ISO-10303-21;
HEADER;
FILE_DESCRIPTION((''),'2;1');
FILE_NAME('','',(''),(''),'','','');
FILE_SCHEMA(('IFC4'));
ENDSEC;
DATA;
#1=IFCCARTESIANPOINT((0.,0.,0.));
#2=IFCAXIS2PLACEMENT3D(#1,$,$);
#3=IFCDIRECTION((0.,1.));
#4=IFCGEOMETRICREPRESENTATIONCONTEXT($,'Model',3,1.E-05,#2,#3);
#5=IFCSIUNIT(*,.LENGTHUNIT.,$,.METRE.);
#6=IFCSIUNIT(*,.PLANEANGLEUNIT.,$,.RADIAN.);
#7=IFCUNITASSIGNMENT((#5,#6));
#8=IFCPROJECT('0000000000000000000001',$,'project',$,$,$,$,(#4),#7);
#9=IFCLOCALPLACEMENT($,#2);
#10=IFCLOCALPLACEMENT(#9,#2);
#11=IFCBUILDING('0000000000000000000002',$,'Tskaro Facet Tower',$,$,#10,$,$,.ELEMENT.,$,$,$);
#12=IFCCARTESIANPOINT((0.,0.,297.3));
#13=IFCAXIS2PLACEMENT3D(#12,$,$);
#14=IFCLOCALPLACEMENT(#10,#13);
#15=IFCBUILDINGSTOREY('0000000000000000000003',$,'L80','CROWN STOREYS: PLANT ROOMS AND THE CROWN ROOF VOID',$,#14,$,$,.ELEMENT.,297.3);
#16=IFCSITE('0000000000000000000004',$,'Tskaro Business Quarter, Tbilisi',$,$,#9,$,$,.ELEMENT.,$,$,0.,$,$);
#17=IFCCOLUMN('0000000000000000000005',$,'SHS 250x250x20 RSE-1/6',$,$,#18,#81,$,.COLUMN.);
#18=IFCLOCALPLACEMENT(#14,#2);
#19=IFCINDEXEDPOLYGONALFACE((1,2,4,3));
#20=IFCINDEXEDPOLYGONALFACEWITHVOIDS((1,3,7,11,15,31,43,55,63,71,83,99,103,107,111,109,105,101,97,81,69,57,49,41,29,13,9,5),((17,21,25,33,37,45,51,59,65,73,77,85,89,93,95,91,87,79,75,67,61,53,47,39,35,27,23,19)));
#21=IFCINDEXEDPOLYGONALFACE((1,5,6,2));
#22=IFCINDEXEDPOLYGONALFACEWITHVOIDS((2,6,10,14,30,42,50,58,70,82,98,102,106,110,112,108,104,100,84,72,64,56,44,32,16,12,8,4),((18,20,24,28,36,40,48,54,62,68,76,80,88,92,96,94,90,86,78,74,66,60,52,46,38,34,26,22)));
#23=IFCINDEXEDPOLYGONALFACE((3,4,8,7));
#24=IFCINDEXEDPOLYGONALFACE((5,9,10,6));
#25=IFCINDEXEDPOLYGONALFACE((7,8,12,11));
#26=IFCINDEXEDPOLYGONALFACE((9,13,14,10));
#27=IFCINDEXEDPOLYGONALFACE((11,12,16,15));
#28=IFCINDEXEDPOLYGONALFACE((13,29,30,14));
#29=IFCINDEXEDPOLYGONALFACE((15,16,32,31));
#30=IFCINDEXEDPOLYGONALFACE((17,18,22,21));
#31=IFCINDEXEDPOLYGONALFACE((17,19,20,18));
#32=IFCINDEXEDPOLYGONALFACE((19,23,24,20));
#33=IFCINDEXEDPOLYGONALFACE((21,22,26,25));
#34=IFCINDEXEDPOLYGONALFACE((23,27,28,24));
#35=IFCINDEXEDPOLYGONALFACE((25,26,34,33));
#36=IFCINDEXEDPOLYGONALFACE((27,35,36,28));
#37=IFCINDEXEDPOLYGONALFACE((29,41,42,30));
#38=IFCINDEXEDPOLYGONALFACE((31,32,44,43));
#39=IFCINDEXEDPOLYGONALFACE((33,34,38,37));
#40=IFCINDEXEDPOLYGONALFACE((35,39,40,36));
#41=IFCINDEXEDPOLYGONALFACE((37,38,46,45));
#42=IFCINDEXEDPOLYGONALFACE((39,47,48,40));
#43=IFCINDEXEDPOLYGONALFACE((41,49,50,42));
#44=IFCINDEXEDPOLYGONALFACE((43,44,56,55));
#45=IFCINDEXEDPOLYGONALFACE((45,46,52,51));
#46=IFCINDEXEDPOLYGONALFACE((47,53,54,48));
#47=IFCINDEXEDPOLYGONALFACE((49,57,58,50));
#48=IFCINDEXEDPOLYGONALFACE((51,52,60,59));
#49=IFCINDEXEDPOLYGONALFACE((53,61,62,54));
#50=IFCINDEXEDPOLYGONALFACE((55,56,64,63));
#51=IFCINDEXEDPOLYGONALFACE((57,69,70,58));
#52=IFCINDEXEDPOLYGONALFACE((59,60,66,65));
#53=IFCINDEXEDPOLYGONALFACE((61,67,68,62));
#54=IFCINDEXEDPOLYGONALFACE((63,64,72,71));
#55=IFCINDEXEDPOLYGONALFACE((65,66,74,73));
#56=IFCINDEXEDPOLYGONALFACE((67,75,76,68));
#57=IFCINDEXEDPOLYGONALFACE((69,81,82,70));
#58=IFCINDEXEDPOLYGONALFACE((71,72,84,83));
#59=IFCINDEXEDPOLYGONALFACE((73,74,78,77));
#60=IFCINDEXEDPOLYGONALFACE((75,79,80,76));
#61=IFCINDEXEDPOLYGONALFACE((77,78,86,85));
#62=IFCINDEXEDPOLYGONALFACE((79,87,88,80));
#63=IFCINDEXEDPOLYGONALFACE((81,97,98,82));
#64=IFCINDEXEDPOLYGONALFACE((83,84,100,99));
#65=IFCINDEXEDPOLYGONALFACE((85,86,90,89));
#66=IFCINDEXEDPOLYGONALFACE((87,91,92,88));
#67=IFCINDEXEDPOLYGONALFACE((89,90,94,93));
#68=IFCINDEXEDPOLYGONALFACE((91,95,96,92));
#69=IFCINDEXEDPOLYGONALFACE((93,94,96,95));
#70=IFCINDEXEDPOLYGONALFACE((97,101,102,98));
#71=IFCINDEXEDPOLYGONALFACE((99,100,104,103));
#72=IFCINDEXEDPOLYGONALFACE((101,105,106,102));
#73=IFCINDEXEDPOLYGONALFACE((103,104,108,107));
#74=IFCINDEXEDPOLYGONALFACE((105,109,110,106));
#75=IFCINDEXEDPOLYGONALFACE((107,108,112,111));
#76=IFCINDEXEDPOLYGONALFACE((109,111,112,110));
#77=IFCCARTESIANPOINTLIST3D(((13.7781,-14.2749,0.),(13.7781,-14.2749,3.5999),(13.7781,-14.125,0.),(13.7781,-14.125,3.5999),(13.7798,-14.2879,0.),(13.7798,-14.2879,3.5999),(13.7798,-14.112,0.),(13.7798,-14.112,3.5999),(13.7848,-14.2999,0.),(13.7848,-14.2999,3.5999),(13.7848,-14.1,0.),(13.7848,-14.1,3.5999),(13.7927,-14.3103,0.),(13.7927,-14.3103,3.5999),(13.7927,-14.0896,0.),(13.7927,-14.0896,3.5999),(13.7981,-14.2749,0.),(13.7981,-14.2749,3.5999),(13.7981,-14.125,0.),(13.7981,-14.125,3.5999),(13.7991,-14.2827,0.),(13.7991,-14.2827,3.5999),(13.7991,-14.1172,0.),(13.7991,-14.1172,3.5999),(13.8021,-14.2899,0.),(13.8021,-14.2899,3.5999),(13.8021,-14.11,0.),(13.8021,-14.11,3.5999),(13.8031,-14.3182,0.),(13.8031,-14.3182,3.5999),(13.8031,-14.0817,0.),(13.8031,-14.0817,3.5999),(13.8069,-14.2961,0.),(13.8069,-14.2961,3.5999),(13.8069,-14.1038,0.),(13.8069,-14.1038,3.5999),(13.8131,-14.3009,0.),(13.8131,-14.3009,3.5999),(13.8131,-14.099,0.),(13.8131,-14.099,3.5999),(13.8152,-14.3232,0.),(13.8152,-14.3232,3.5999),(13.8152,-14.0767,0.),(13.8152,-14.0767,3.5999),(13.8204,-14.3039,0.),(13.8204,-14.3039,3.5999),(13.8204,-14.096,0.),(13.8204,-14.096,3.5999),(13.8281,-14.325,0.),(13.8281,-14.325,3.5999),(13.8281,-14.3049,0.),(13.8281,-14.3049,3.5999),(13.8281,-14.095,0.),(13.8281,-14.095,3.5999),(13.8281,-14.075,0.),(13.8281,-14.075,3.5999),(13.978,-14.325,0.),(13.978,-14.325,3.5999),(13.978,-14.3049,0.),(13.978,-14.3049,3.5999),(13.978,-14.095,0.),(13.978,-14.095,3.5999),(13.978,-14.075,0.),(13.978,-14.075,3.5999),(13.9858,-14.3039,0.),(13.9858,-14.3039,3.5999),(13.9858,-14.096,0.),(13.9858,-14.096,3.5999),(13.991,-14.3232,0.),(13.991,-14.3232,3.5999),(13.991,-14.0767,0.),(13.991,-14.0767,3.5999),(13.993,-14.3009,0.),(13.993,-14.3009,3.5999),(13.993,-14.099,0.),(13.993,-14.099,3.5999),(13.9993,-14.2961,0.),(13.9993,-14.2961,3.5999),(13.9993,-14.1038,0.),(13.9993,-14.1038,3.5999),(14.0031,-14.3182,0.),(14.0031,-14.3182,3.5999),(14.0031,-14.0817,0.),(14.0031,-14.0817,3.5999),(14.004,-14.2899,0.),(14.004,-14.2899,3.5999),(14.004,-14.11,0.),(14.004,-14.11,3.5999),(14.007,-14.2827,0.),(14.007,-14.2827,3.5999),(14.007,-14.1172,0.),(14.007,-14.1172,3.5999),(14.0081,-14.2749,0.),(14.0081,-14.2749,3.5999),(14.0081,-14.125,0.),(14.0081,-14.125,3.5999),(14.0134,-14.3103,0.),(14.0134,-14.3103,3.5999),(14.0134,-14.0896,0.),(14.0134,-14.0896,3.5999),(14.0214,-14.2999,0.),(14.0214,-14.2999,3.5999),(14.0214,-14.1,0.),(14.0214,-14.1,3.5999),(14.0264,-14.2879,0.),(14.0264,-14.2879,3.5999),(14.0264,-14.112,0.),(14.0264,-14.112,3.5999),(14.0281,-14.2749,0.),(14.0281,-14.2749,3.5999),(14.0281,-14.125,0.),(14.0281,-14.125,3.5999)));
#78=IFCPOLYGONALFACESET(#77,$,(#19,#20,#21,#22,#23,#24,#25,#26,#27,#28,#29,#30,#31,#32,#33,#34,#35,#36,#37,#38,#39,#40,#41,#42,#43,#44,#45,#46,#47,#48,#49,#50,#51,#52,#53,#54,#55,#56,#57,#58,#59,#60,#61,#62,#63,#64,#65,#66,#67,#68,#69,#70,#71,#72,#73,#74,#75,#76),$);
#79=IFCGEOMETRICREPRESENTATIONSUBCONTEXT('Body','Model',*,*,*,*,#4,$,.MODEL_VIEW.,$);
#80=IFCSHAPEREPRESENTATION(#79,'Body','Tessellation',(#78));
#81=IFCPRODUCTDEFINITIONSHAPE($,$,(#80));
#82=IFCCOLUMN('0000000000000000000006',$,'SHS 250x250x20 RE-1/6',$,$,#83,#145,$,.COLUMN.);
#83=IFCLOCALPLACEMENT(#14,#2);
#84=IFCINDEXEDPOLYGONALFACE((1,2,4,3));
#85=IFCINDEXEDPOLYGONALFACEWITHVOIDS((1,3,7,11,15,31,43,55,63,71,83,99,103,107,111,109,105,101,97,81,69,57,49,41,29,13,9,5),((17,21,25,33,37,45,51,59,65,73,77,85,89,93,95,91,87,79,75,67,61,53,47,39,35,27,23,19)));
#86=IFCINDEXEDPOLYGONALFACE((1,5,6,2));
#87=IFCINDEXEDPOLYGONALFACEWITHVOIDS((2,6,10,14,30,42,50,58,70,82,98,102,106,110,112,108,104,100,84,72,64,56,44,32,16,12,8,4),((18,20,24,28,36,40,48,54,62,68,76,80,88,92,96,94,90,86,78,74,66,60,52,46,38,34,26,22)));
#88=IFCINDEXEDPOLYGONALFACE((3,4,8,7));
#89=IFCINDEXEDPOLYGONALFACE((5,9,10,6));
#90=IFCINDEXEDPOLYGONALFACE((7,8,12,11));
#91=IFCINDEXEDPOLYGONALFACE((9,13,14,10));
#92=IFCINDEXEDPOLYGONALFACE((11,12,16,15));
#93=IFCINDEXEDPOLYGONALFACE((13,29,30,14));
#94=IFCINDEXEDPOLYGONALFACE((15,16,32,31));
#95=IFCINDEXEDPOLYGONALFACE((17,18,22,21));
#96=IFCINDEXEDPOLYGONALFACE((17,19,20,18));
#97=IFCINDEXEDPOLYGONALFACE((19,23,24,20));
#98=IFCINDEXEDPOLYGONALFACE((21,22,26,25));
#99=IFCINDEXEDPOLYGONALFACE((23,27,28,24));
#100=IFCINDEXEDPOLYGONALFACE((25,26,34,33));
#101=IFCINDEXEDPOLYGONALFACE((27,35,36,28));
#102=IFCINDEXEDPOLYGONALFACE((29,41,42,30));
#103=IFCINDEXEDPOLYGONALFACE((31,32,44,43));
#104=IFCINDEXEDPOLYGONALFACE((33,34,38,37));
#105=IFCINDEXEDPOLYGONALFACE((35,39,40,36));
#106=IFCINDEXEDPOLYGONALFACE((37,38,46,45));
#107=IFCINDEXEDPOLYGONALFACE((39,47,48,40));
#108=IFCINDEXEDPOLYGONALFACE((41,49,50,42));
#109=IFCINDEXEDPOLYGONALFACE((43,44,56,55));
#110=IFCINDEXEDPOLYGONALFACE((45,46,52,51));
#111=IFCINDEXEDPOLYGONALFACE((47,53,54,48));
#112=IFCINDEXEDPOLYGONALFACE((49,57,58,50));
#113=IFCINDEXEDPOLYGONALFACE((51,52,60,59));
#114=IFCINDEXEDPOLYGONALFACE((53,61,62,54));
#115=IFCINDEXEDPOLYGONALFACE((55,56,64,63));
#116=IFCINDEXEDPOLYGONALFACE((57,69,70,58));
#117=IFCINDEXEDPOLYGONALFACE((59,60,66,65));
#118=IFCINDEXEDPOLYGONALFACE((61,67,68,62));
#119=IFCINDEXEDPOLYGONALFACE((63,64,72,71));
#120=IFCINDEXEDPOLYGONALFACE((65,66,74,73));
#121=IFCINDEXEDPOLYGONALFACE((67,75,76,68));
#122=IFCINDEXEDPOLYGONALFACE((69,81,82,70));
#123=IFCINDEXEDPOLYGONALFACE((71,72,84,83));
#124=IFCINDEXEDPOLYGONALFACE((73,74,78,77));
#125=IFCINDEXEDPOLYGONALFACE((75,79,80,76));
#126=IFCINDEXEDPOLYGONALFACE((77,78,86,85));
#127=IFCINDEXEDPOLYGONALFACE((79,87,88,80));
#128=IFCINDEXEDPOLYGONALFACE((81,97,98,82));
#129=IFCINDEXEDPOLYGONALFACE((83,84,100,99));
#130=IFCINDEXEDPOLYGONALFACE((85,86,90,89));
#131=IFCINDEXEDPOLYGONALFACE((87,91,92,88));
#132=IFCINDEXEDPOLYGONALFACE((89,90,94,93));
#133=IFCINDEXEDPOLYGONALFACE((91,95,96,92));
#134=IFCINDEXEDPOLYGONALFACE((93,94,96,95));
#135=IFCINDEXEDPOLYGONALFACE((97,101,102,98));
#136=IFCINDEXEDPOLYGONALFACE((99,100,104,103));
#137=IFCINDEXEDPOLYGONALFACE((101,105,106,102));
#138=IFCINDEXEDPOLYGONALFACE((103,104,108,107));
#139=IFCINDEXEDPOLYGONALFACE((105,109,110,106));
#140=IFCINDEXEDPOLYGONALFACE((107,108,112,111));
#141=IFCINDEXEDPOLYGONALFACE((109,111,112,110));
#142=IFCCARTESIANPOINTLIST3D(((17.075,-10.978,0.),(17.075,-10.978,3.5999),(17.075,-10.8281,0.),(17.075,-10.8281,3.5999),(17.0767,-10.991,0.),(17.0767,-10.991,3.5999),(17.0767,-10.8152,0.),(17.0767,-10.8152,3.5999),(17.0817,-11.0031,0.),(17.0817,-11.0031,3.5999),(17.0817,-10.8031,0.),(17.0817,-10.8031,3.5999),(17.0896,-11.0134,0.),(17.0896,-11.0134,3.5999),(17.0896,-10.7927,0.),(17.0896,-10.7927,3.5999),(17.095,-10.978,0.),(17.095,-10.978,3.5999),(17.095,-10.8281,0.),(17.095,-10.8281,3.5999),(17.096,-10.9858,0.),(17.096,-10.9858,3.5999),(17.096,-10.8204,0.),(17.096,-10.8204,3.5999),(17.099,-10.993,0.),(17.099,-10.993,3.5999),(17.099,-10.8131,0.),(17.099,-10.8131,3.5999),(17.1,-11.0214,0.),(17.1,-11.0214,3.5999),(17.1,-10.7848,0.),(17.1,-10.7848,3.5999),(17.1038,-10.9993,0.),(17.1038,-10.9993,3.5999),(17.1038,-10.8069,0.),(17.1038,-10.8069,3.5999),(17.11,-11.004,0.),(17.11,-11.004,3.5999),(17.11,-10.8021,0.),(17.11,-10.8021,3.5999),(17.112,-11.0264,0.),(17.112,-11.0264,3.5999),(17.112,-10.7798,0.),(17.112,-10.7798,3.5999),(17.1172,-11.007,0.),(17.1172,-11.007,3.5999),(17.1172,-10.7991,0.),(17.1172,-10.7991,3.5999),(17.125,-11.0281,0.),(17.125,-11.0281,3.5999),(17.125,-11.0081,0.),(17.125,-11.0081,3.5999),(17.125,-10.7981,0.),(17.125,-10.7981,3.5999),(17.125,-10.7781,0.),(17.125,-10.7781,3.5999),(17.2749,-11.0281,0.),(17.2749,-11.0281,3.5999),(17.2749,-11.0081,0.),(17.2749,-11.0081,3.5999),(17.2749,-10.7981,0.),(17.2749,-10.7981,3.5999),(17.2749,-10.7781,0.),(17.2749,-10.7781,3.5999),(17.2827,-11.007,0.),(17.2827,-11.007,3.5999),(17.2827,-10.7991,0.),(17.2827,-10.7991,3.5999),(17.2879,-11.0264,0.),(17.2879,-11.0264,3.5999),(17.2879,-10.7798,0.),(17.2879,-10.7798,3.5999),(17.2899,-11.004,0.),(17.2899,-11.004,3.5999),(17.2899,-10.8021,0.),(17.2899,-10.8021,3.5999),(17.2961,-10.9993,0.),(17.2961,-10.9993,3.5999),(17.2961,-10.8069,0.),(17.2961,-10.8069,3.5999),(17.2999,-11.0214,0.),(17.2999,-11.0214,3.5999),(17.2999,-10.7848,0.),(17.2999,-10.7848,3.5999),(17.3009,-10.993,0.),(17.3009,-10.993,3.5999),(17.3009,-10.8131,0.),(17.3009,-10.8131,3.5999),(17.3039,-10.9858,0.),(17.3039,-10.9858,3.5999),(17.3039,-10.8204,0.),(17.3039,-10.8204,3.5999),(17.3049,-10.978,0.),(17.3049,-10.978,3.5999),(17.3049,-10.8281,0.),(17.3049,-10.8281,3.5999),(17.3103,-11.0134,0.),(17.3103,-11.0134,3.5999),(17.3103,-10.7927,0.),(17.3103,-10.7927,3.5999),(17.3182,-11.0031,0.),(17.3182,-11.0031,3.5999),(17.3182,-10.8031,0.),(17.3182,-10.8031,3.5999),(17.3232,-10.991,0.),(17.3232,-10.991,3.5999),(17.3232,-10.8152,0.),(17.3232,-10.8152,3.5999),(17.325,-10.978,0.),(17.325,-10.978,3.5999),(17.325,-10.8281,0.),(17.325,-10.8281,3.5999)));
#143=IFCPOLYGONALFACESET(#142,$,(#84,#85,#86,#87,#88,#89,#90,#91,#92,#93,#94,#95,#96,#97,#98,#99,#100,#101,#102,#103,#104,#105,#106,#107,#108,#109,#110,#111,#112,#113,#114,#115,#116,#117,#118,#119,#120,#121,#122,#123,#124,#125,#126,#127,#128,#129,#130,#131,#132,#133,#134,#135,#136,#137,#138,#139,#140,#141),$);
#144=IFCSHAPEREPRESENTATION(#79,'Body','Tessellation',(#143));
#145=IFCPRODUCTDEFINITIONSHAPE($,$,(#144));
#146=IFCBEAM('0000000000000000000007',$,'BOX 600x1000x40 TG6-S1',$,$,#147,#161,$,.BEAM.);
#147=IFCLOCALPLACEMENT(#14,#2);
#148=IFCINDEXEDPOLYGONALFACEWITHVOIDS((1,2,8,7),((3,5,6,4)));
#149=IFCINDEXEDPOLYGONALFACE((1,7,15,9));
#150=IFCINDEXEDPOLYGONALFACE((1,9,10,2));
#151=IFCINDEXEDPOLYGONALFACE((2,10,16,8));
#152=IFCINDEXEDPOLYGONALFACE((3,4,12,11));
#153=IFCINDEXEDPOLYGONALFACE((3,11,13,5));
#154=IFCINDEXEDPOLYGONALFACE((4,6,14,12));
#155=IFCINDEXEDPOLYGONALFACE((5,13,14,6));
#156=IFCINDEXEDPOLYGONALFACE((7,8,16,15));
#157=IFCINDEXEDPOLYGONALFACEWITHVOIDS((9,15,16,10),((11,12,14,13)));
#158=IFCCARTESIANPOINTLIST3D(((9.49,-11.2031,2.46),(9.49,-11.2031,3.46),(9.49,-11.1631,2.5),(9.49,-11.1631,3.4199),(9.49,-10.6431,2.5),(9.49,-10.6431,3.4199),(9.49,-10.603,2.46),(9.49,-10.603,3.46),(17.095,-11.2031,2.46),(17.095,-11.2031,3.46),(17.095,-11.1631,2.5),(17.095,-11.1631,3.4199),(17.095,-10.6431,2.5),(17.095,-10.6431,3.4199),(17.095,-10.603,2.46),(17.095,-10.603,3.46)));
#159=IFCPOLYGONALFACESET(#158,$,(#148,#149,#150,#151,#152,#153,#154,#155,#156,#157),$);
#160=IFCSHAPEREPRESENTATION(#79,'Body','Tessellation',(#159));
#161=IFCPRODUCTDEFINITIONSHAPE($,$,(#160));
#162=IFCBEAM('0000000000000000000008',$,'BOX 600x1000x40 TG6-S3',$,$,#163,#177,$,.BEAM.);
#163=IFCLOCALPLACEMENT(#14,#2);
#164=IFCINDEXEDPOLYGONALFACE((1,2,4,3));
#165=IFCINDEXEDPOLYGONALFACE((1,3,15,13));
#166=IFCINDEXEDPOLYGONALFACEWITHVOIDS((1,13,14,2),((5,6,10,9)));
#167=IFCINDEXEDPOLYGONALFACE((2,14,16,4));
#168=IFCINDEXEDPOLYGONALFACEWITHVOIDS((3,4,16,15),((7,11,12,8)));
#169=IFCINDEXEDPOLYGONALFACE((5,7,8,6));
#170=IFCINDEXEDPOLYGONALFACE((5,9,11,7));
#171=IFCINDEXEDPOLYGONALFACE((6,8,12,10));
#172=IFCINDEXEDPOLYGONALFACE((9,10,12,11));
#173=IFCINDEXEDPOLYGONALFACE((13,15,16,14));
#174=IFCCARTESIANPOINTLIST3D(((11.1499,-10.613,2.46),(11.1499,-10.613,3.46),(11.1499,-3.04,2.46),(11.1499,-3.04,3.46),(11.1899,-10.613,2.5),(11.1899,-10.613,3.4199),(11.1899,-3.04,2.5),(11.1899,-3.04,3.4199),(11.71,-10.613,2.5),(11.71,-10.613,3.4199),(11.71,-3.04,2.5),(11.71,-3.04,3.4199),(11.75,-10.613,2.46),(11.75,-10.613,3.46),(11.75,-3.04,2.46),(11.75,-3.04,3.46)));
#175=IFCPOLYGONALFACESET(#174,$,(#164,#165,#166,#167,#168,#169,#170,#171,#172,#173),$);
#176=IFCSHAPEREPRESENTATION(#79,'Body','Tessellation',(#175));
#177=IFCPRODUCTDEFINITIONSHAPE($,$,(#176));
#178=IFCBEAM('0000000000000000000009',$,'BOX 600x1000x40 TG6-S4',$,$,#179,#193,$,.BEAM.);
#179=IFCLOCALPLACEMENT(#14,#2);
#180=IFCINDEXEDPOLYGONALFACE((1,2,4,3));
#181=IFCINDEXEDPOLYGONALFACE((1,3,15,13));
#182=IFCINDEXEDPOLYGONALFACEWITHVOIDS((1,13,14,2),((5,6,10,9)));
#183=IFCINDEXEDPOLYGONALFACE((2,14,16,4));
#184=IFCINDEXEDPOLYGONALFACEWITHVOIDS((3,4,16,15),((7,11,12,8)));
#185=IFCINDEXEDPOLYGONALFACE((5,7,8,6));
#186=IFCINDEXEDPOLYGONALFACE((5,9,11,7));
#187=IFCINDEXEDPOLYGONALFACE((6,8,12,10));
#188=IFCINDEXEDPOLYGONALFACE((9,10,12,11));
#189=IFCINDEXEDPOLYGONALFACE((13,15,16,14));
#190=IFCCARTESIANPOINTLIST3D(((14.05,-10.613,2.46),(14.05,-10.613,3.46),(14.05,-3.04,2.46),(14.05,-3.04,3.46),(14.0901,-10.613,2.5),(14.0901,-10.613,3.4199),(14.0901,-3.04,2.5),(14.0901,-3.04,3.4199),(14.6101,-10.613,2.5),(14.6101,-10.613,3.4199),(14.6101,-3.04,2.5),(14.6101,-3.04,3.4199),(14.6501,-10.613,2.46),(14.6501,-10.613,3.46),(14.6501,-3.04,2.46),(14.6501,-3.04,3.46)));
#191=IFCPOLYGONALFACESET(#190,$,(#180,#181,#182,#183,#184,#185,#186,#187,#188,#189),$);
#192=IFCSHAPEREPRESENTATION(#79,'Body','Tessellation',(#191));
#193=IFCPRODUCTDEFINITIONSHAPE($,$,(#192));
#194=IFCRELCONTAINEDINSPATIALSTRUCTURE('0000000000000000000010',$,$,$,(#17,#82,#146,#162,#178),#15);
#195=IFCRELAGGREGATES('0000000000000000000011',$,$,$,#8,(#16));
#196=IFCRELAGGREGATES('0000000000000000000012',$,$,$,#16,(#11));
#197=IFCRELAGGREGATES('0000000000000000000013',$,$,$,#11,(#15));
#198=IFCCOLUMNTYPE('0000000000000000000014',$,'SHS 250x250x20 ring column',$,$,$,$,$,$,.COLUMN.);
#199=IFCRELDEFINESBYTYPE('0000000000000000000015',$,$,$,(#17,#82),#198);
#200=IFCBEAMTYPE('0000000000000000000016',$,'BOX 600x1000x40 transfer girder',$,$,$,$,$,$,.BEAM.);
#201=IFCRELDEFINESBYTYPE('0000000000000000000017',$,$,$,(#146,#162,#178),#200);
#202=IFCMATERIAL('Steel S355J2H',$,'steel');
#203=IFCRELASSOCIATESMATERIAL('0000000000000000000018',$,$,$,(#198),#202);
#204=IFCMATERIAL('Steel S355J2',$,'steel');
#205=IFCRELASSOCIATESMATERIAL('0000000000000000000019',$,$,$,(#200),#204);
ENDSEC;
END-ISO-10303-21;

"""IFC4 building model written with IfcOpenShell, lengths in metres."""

from ifc_helpers import new_model, si_unit, direction, frame, origin, origin_2d, place, context, subcontext, project, spatial, hollow_rectangle, extrude, material, material_profile, profile_set, type_object, element, save


model = new_model("IFC4")

# Units and contexts
model_context = context("Model", 3, precision=1e-05, world=origin(), true_north=direction((0.0, 1.0)))
body_context = subcontext(model_context, "Body", "Model", "MODEL_VIEW")
ifc_project = project(units=[si_unit("LENGTHUNIT", "METRE"), si_unit("PLANEANGLEUNIT", "RADIAN")], contexts=[model_context])

# Site, building, storey
site_placement = place(None, origin())
site = spatial("IfcSite", under=ifc_project, at=site_placement, Name="Tskaro Business Quarter, Tbilisi", CompositionType="ELEMENT", RefElevation=0.0)
building_placement = place(site_placement, origin())
building = spatial("IfcBuilding", under=site, at=building_placement, Name="Tskaro Facet Tower", CompositionType="ELEMENT")
storey_placement = place(building_placement, frame((0.0, 0.0, 297.3)))
storey = spatial("IfcBuildingStorey", under=building, at=storey_placement, Name="L80", Description="CROWN STOREYS: PLANT ROOMS AND THE CROWN ROOF VOID", CompositionType="ELEMENT", Elevation=297.3)

# Columns
ifc_material_1 = material(Name="Steel S355J2H", Category="steel")
ifc_material_profile_1 = material_profile(ifc_material_1, hollow_rectangle(XDim=0.25, YDim=0.25, WallThickness=0.02, InnerFilletRadius=0.03, OuterFilletRadius=0.05, at=origin_2d()), Name="SHS 250x250x20")
ifc_profile_set_1 = profile_set([ifc_material_profile_1], Name="Steel S355J2H")
column_type = type_object("IfcColumnType", Name="SHS 250x250x20 ring column", PredefinedType="COLUMN", material=ifc_profile_set_1)
for number, where, z_axis, x_axis, name in (
    (1, (13.9031, -14.2, 0.0), (0.0, 0.0, 1.0), (1.0, 0.0, 0.0), "SHS 250x250x20 RSE-1/6"),
    (2, (17.2, -10.9031, 0.0), (0.0, 0.0, 1.0), (1.0, 0.0, 0.0), "SHS 250x250x20 RE-1/6"),
):
    element("IfcColumn", number, at=place(storey_placement, frame(where, z_axis=z_axis, x_axis=x_axis)), inside=storey, type_object=column_type, Name=name, PredefinedType="COLUMN", context=body_context, shape_type="SweptSolid", body=[
        extrude(hollow_rectangle(XDim=0.25, YDim=0.25, WallThickness=0.02, InnerFilletRadius=0.03, OuterFilletRadius=0.05, at=origin_2d()), origin(), (0.0, 0.0, 1.0), 3.5999),
    ])

# Beams
ifc_material_2 = material(Name="Steel S355J2", Category="steel")
ifc_material_profile_2 = material_profile(ifc_material_2, hollow_rectangle(XDim=0.6001, YDim=1.0, WallThickness=0.04, at=origin_2d()), Name="BOX 600x1000x40")
ifc_profile_set_2 = profile_set([ifc_material_profile_2], Name="Steel S355J2")
beam_type_1 = type_object("IfcBeamType", Name="BOX 600x1000x40 transfer girder", PredefinedType="BEAM", material=ifc_profile_set_2)
beam_1_placement = place(storey_placement, frame((9.49, -10.9031, 2.96), z_axis=(1.0, 0.0, 0.0), x_axis=(0.0, 1.0, 0.0)))
element("IfcBeam", 3, at=beam_1_placement, inside=storey, type_object=beam_type_1, Name="BOX 600x1000x40 TG6-S1", PredefinedType="BEAM", context=body_context, shape_type="SweptSolid", body=[
    extrude(hollow_rectangle(XDim=0.6001, YDim=1.0, WallThickness=0.04, at=origin_2d()), origin(), (0.0, 0.0, 1.0), 7.605),
])
for number, where, z_axis, x_axis, name in (
    (4, (11.45, -10.613, 2.96), (0.0, 1.0, 0.0), (-1.0, 0.0, 0.0), "BOX 600x1000x40 TG6-S3"),
    (5, (14.3501, -10.613, 2.96), (0.0, 1.0, 0.0), (-1.0, 0.0, 0.0), "BOX 600x1000x40 TG6-S4"),
):
    element("IfcBeam", number, at=place(storey_placement, frame(where, z_axis=z_axis, x_axis=x_axis)), inside=storey, type_object=beam_type_1, Name=name, PredefinedType="BEAM", context=body_context, shape_type="SweptSolid", body=[
        extrude(hollow_rectangle(XDim=0.6001, YDim=1.0, WallThickness=0.04, at=origin_2d()), origin(), (0.0, 0.0, 1.0), 7.573),
    ])

save(model, "model.ifc")
